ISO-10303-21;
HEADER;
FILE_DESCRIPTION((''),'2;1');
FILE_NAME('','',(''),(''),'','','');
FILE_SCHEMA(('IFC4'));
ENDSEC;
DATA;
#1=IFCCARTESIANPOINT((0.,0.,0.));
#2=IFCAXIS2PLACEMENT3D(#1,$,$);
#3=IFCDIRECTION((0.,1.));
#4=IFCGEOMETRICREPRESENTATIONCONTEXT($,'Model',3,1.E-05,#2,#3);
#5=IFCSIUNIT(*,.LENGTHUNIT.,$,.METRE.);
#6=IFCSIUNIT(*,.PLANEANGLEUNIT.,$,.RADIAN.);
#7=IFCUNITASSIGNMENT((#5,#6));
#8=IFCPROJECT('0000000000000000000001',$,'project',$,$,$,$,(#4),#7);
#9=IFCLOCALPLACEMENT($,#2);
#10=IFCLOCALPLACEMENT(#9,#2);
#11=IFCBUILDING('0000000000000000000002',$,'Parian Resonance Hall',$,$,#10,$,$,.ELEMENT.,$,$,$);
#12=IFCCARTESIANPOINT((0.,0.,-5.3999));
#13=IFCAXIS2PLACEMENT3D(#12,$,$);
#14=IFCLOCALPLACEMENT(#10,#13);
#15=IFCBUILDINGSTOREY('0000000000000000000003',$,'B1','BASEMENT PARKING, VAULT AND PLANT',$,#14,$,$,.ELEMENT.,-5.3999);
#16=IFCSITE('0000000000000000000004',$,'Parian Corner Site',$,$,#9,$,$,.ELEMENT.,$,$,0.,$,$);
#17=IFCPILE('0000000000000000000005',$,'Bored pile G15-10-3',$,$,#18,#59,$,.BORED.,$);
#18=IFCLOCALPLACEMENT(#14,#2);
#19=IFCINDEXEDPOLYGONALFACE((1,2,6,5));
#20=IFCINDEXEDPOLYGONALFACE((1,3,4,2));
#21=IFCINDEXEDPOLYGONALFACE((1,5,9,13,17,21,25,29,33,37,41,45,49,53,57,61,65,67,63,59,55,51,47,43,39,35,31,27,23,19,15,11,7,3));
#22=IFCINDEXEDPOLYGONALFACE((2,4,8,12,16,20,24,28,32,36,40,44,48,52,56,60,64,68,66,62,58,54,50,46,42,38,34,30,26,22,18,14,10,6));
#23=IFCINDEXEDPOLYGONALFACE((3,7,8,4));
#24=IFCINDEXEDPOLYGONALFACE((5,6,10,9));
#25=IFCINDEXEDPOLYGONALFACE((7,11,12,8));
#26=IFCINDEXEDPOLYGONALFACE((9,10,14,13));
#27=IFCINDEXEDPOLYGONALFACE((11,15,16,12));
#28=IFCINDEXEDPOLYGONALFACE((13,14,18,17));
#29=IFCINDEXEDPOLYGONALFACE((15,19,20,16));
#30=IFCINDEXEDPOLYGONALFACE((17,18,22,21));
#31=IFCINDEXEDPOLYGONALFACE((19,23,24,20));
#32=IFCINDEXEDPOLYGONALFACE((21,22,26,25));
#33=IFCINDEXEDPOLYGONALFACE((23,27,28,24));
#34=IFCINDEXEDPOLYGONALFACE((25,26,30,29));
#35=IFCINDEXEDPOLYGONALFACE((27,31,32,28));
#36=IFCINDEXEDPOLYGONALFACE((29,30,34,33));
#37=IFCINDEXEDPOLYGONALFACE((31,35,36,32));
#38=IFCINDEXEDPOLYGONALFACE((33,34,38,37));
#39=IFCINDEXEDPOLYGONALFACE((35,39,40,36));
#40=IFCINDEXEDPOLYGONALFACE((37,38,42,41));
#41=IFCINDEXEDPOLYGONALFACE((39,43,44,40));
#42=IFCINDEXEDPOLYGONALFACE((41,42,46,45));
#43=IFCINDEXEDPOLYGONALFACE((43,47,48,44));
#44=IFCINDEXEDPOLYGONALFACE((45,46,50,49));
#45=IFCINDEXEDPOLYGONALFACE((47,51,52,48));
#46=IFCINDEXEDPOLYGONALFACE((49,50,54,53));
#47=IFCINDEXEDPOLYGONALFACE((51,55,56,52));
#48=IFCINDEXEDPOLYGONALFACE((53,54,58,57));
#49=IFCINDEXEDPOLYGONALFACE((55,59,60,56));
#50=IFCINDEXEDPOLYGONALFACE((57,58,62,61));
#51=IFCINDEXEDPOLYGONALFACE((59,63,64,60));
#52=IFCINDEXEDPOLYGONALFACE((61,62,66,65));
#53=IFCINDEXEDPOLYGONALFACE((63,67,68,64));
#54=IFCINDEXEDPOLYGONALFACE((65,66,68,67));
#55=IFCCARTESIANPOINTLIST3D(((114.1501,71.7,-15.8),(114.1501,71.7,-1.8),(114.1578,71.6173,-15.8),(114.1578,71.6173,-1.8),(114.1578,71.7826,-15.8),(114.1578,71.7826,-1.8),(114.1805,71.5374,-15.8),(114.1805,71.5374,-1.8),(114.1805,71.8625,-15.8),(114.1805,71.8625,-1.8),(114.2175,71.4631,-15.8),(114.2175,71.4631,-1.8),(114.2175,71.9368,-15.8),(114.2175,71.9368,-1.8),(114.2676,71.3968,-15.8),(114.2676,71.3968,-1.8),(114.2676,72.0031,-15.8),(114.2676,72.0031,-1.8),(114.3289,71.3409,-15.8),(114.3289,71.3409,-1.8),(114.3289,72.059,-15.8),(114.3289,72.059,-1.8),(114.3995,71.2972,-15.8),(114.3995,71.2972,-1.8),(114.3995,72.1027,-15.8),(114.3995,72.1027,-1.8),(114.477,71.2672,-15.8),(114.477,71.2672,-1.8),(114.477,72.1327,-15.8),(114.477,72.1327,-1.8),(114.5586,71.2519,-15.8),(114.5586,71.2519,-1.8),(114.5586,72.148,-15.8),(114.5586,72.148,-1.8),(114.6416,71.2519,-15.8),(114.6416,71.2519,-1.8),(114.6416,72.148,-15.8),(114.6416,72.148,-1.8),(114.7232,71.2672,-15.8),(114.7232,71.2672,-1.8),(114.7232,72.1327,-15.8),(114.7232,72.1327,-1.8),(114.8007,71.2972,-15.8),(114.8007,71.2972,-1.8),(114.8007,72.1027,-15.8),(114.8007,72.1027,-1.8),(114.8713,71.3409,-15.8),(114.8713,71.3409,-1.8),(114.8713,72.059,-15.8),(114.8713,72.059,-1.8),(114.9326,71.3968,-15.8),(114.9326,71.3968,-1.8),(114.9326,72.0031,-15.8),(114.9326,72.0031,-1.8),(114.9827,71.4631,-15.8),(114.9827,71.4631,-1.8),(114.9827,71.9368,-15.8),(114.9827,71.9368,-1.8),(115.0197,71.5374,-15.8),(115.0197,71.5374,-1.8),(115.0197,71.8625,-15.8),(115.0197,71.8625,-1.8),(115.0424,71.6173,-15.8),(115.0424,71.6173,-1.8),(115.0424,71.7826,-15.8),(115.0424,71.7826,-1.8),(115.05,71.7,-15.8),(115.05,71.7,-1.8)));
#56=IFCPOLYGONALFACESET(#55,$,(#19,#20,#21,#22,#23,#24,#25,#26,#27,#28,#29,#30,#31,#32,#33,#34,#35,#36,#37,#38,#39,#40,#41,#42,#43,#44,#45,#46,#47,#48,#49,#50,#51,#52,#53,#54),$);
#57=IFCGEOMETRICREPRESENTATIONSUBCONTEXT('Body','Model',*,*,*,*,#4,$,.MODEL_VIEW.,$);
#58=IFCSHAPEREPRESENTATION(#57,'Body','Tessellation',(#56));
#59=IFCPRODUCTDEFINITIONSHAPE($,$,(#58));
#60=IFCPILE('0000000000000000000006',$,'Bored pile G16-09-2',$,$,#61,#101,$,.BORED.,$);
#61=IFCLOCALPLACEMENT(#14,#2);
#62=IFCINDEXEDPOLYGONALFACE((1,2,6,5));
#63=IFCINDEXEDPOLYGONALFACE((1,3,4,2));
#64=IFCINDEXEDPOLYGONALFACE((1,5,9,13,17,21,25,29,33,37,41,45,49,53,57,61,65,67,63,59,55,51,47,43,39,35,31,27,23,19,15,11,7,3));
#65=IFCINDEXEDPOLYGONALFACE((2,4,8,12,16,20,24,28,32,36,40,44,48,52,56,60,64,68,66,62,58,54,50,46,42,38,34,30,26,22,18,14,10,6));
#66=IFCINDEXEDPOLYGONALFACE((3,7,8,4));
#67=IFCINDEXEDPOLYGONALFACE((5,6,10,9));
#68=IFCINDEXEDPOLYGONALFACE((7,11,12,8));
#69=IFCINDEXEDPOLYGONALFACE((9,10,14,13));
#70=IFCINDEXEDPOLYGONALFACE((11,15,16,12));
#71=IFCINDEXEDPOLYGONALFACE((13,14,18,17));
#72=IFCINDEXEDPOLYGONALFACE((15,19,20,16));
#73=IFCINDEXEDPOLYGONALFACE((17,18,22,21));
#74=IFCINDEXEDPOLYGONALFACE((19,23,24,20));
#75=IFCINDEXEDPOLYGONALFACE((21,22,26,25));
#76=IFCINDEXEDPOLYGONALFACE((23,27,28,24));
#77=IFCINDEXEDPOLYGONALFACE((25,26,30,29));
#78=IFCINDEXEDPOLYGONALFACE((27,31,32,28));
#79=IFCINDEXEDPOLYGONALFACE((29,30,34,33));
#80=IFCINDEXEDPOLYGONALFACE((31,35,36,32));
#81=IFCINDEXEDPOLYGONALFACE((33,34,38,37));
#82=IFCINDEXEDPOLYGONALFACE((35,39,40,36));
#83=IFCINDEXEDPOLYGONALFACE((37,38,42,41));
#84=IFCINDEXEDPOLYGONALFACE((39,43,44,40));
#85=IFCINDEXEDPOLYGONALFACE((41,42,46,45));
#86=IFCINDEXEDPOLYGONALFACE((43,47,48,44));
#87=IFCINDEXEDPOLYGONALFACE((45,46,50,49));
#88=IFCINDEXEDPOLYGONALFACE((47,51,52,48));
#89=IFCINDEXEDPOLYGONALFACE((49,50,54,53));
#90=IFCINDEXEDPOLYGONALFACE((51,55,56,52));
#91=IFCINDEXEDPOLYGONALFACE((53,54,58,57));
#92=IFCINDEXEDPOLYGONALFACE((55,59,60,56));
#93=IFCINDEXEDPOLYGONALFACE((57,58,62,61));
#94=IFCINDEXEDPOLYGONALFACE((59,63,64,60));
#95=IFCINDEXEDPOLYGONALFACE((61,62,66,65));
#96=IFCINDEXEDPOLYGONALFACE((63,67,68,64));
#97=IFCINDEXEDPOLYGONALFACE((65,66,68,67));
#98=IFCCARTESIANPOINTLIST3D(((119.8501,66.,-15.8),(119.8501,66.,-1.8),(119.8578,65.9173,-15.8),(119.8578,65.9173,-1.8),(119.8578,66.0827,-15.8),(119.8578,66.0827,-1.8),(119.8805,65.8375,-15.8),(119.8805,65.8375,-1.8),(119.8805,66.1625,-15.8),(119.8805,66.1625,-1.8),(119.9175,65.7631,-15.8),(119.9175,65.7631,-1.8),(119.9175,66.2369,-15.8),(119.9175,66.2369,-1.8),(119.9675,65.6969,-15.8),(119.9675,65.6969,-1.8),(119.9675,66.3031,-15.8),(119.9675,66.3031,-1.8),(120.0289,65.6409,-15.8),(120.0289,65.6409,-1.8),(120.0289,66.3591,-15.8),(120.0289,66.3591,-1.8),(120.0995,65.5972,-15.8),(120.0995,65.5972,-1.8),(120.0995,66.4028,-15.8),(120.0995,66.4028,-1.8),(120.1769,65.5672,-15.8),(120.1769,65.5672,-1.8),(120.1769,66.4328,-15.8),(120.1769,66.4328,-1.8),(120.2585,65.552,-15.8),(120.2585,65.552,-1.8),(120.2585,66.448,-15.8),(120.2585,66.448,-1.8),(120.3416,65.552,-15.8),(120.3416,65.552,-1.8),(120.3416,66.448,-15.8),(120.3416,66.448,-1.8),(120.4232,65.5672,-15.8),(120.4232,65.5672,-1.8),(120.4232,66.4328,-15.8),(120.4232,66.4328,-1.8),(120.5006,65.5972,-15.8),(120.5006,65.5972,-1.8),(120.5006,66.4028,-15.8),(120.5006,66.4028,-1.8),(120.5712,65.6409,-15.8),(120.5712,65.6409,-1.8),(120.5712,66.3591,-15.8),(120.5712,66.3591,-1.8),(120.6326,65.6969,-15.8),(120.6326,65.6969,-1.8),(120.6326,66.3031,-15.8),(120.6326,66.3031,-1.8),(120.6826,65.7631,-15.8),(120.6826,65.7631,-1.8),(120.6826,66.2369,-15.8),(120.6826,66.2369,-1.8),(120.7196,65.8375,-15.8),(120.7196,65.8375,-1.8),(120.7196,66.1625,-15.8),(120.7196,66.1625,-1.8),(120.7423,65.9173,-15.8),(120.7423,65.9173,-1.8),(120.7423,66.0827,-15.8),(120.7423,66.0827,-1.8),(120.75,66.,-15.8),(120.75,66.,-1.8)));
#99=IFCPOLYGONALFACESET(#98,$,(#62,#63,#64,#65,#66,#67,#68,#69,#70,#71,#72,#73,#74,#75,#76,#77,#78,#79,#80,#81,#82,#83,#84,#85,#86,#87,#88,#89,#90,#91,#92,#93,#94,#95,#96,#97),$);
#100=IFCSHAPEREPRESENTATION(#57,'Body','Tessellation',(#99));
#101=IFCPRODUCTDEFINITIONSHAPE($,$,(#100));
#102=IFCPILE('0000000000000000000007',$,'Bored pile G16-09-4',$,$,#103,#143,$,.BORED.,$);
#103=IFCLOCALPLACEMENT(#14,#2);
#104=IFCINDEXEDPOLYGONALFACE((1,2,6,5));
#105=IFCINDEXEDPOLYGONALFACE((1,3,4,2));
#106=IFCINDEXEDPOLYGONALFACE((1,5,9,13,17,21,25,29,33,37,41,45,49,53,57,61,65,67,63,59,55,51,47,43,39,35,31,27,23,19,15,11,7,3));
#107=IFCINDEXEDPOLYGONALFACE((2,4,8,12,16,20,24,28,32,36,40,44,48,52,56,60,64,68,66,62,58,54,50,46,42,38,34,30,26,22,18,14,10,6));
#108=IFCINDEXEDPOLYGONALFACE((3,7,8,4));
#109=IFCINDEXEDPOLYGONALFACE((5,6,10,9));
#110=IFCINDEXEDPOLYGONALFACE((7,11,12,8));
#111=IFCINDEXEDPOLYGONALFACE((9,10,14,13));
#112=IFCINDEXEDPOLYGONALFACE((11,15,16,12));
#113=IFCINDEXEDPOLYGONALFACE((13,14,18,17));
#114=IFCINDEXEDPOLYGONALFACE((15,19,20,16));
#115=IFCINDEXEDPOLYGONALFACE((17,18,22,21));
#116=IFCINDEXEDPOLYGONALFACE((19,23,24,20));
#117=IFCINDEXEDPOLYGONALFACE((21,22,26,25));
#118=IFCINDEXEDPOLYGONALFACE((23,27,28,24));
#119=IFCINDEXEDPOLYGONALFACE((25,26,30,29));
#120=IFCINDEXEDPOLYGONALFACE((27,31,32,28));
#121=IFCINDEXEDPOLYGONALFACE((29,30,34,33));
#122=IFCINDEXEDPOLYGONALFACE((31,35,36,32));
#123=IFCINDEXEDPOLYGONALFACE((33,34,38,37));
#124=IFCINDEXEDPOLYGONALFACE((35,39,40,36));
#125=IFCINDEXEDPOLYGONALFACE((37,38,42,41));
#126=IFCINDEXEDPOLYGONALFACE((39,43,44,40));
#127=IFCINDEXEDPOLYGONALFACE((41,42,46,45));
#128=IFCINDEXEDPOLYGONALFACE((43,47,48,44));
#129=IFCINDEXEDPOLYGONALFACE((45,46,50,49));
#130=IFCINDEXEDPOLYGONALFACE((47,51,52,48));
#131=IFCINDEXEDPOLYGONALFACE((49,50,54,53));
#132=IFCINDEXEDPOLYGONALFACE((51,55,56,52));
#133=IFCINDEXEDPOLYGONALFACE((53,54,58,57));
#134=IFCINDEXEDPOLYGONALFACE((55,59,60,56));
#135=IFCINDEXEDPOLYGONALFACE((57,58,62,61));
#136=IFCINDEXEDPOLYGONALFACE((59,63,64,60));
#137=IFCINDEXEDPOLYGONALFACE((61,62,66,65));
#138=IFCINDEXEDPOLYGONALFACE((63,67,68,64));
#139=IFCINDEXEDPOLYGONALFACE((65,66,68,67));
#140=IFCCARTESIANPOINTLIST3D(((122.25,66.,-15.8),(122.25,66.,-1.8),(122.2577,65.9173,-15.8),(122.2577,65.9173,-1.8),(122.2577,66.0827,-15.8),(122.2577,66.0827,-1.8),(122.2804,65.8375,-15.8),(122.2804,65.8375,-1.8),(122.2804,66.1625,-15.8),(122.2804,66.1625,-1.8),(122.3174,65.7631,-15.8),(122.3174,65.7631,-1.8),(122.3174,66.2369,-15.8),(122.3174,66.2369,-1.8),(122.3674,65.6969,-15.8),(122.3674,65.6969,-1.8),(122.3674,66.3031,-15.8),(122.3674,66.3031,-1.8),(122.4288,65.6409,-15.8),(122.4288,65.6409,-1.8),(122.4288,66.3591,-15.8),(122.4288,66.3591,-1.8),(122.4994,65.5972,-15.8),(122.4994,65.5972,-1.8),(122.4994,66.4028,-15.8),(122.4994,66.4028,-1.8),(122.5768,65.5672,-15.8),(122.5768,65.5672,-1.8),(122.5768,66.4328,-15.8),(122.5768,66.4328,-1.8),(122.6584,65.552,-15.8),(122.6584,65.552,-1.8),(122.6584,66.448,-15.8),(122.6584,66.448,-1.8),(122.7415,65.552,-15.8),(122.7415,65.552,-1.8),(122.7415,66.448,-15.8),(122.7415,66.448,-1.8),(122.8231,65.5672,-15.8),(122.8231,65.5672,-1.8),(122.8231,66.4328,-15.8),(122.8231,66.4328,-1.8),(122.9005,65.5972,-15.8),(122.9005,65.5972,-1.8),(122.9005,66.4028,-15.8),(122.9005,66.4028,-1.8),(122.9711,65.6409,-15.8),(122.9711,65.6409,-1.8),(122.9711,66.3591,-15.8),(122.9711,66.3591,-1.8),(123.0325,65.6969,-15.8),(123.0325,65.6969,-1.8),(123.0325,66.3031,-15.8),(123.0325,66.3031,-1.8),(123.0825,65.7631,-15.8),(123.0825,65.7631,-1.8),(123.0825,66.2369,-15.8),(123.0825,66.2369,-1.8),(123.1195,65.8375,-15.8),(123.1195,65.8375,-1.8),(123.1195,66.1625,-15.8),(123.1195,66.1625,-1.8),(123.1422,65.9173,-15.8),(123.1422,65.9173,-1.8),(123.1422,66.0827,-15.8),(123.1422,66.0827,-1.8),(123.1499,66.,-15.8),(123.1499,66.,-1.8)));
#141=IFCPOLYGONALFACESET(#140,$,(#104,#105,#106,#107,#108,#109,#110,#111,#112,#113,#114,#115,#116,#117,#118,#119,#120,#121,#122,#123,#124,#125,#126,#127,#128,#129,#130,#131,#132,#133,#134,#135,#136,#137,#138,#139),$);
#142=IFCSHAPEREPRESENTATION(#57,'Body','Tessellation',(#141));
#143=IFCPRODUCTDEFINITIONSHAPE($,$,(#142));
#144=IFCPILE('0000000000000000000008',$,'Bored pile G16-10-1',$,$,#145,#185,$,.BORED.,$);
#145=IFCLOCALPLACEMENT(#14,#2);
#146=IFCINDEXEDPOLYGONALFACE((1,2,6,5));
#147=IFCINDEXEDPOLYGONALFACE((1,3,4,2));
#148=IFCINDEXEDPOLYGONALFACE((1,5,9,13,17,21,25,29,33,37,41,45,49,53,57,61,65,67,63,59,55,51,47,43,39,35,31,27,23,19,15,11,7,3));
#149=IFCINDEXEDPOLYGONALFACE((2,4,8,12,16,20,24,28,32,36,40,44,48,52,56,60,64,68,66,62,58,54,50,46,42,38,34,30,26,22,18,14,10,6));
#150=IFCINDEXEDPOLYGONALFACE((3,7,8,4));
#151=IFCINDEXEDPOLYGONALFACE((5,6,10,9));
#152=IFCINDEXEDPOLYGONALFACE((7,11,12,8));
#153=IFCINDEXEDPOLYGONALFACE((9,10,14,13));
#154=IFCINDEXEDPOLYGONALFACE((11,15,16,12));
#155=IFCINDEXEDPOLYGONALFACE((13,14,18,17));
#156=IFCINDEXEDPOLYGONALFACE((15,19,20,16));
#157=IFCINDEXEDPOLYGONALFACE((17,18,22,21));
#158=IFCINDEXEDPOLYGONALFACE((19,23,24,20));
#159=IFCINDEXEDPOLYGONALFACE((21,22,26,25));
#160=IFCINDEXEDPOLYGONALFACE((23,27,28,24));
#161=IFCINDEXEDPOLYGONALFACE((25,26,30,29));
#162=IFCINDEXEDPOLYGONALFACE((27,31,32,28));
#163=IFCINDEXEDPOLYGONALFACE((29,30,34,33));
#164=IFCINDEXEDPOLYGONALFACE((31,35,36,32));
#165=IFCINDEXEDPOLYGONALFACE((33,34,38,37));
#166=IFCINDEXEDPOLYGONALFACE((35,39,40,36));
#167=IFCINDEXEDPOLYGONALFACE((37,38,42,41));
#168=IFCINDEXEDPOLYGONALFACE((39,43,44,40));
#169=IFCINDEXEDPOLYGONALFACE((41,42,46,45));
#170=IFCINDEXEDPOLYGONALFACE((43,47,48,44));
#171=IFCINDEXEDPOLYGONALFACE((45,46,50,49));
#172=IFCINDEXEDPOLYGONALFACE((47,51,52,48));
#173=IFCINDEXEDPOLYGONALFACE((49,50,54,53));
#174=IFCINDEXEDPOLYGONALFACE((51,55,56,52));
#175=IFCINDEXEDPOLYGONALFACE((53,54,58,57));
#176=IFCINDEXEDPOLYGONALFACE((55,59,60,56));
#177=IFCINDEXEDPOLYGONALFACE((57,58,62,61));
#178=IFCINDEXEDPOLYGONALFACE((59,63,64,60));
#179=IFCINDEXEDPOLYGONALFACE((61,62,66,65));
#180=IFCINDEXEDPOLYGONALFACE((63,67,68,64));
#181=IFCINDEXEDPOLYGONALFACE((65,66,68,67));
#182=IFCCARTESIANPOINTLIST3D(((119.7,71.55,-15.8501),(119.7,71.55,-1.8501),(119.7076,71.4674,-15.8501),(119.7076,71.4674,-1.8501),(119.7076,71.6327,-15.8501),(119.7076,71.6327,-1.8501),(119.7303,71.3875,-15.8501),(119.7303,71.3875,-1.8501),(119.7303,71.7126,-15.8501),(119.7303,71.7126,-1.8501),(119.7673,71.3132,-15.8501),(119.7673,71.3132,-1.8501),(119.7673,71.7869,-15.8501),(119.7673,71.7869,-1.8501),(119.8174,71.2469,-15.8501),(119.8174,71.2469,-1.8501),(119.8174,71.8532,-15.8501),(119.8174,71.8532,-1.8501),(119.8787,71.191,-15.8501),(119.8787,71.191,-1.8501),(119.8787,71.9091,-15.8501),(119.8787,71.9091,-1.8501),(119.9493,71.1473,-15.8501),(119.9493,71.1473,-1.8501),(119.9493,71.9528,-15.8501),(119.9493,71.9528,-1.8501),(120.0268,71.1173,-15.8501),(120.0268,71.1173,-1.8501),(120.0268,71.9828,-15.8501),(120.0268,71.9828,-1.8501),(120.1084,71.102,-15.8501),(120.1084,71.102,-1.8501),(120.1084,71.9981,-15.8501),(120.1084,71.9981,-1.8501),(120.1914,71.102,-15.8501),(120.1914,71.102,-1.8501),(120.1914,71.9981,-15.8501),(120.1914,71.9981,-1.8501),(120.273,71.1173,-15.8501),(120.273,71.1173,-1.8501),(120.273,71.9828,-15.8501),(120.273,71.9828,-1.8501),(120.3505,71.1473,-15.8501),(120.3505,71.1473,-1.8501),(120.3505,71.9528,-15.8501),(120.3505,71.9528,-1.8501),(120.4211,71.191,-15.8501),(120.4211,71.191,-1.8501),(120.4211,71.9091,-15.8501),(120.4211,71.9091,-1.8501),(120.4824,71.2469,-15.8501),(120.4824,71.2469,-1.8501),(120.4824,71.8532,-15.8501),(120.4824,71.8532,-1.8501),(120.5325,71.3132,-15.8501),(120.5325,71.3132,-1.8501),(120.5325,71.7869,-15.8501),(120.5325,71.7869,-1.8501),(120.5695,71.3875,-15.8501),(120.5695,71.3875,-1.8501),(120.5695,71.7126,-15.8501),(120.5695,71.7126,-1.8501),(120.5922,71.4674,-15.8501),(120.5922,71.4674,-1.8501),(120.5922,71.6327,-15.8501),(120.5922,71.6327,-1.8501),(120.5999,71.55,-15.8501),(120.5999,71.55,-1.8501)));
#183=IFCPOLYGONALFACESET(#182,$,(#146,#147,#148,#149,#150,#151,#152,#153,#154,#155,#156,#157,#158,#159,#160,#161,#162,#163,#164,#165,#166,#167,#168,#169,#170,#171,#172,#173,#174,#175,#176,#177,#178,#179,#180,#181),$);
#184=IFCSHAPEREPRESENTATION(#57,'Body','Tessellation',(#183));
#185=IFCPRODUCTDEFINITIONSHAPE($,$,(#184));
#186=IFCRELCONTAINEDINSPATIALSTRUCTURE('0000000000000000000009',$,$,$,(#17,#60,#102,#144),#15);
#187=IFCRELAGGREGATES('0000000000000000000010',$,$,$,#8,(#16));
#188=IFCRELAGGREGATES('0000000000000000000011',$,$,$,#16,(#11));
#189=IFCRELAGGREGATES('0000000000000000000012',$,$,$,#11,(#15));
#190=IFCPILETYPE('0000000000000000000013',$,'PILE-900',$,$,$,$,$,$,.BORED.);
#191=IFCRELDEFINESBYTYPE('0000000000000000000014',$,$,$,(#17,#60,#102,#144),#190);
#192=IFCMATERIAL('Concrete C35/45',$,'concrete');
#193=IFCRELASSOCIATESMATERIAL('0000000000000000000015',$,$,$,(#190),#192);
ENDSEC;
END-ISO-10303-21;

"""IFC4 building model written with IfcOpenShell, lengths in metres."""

from ifc_helpers import new_model, si_unit, direction, frame, origin, origin_2d, place, context, subcontext, project, spatial, circle, extrude, material, material_profile, profile_set, type_object, element, save


model = new_model("IFC4")

# Units and contexts
model_context = context("Model", 3, precision=1e-05, world=origin(), true_north=direction((0.0, 1.0)))
body_context = subcontext(model_context, "Body", "Model", "MODEL_VIEW")
ifc_project = project(units=[si_unit("LENGTHUNIT", "METRE"), si_unit("PLANEANGLEUNIT", "RADIAN")], contexts=[model_context])

# Site, building, storey
site_placement = place(None, origin())
site = spatial("IfcSite", under=ifc_project, at=site_placement, Name="Parian Corner Site", CompositionType="ELEMENT", RefElevation=0.0)
building_placement = place(site_placement, origin())
building = spatial("IfcBuilding", under=site, at=building_placement, Name="Parian Resonance Hall", CompositionType="ELEMENT")
storey_placement = place(building_placement, frame((0.0, 0.0, -5.3999)))
storey = spatial("IfcBuildingStorey", under=building, at=storey_placement, Name="B1", Description="BASEMENT PARKING, VAULT AND PLANT", CompositionType="ELEMENT", Elevation=-5.3999)

# Piles
ifc_material_1 = material(Name="Concrete C35/45", Category="concrete")
ifc_material_profile_1 = material_profile(ifc_material_1, circle(Radius=0.45, at=origin_2d()), Name="PILE-D900")
ifc_profile_set_1 = profile_set([ifc_material_profile_1], Name="Concrete C35/45")
pile_type_1 = type_object("IfcPileType", Name="PILE-900", PredefinedType="BORED", material=ifc_profile_set_1)
for number, where, z_axis, x_axis, name in (
    (1, (114.6001, 71.7, -1.8), (0.0, 0.0, -1.0), (1.0, 0.0, 0.0), "Bored pile G15-10-3"),
    (2, (120.3, 66.0, -1.8), (0.0, 0.0, -1.0), (1.0, 0.0, 0.0), "Bored pile G16-09-2"),
    (3, (122.7, 66.0, -1.8), (0.0, 0.0, -1.0), (1.0, 0.0, 0.0), "Bored pile G16-09-4"),
    (4, (120.1499, 71.55, -1.8501), (0.0, 0.0, -1.0), (1.0, 0.0, 0.0), "Bored pile G16-10-1"),
):
    element("IfcPile", number, at=place(storey_placement, frame(where, z_axis=z_axis, x_axis=x_axis)), inside=storey, type_object=pile_type_1, Name=name, PredefinedType="BORED", context=body_context, shape_type="SweptSolid", body=[
        extrude(circle(Radius=0.45, at=origin_2d()), origin(), (0.0, 0.0, 1.0), 14.0),
    ])

save(model, "model.ifc")
